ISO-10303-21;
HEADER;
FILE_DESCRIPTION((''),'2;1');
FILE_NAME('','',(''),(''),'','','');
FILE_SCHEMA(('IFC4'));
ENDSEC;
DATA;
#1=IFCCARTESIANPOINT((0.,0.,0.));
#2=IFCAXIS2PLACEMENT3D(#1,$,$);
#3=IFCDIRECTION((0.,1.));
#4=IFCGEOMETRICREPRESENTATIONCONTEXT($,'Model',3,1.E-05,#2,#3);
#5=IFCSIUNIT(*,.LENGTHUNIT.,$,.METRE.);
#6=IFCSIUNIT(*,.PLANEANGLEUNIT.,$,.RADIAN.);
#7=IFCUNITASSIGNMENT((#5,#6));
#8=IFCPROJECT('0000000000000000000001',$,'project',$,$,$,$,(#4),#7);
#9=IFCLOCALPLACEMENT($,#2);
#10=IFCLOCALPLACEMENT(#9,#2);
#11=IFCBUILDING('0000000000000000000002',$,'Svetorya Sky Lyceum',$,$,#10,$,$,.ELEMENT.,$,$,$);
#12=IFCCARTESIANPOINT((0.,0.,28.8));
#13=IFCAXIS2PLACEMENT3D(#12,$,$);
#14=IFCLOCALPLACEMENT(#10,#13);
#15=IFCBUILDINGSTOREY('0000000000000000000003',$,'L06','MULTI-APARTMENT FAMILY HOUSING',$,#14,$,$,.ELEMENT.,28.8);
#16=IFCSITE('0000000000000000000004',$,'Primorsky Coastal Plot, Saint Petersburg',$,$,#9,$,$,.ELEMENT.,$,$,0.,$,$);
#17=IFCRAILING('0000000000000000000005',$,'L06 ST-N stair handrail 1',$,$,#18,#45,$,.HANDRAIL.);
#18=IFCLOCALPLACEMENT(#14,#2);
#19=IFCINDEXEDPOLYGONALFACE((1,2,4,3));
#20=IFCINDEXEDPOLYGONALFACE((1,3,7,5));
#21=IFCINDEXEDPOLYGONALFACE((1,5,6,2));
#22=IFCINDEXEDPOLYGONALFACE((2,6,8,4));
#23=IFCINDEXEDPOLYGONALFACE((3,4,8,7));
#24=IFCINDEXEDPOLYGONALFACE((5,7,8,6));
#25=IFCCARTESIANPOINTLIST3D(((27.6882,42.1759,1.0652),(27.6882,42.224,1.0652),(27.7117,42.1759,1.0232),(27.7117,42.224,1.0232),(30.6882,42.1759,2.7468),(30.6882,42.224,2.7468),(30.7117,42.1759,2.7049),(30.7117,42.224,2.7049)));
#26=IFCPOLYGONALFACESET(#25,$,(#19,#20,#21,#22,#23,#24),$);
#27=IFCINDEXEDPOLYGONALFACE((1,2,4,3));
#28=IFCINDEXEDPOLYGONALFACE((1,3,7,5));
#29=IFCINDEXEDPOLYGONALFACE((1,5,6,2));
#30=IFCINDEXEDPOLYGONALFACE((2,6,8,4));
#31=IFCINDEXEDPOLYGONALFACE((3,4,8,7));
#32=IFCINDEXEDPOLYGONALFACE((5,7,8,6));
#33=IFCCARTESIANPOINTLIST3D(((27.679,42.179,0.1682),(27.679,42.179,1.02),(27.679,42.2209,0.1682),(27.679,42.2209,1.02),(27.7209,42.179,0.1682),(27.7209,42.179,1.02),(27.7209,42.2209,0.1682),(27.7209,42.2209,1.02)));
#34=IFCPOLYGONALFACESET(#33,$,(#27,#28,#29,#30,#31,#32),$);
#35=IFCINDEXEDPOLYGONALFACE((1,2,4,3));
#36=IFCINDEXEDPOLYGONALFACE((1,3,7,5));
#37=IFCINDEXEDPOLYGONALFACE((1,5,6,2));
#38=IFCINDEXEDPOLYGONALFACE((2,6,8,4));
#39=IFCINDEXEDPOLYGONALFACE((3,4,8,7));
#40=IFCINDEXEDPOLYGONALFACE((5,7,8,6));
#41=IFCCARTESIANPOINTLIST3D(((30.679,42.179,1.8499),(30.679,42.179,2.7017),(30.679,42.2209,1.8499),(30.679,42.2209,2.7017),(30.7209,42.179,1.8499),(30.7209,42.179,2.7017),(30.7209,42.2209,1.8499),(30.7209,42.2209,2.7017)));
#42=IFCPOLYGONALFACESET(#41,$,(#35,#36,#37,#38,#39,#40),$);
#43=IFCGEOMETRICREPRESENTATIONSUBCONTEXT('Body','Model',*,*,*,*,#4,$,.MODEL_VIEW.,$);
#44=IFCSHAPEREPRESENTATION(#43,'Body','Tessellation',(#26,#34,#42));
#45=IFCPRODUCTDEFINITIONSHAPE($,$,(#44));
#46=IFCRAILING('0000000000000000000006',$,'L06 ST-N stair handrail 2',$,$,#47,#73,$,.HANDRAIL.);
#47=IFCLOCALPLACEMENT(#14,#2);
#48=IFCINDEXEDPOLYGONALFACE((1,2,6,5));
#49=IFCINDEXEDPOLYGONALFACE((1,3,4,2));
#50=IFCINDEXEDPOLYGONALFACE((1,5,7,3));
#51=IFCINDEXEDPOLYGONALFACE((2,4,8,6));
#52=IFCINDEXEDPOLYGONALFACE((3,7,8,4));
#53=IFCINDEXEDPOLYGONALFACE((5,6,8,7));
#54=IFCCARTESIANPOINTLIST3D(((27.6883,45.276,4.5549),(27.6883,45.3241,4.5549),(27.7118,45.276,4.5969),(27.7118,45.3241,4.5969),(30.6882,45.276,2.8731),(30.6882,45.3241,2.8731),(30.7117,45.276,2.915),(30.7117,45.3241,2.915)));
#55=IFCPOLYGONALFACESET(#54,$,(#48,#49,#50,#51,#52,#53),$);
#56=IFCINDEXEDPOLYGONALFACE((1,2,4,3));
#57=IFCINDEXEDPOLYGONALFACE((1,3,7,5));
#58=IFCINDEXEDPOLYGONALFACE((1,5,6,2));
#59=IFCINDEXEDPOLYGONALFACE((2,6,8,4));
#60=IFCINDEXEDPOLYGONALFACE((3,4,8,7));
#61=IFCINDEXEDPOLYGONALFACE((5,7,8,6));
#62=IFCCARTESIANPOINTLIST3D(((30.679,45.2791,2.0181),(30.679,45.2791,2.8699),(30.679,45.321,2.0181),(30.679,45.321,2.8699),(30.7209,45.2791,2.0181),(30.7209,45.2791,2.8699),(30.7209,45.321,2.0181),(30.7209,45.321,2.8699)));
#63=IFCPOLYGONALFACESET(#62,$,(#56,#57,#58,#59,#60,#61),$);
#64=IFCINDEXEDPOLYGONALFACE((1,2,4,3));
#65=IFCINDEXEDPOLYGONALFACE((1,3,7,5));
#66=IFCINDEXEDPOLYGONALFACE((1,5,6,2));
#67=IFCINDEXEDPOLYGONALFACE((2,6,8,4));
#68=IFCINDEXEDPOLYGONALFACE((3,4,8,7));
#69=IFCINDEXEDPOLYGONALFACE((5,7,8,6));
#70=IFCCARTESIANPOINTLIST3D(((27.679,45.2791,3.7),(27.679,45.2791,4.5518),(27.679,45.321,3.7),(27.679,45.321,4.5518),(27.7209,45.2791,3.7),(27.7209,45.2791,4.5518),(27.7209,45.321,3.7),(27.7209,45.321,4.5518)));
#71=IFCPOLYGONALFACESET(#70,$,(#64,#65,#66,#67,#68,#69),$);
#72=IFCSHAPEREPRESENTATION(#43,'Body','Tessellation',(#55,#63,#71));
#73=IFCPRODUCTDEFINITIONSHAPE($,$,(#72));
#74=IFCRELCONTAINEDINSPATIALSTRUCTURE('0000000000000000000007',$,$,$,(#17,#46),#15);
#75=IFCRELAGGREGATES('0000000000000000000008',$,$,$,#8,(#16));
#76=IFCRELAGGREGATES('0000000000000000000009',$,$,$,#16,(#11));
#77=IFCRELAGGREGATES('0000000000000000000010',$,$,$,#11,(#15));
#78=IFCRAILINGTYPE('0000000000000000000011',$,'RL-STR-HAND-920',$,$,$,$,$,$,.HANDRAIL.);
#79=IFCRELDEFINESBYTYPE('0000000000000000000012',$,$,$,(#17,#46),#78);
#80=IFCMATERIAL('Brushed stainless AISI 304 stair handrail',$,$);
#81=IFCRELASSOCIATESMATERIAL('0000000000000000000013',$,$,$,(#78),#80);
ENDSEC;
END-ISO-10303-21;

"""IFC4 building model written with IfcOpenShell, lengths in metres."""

from ifc_helpers import new_model, si_unit, direction, frame, origin, origin_2d, place, context, subcontext, project, spatial, rectangle, extrude, material, type_object, element, save


model = new_model("IFC4")

# Units and contexts
model_context = context("Model", 3, precision=1e-05, world=origin(), true_north=direction((0.0, 1.0)))
body_context = subcontext(model_context, "Body", "Model", "MODEL_VIEW")
ifc_project = project(units=[si_unit("LENGTHUNIT", "METRE"), si_unit("PLANEANGLEUNIT", "RADIAN")], contexts=[model_context])

# Site, building, storey
site_placement = place(None, origin())
site = spatial("IfcSite", under=ifc_project, at=site_placement, Name="Primorsky Coastal Plot, Saint Petersburg", CompositionType="ELEMENT", RefElevation=0.0)
building_placement = place(site_placement, origin())
building = spatial("IfcBuilding", under=site, at=building_placement, Name="Svetorya Sky Lyceum", CompositionType="ELEMENT")
storey_placement = place(building_placement, frame((0.0, 0.0, 28.8)))
storey = spatial("IfcBuildingStorey", under=building, at=storey_placement, Name="L06", Description="MULTI-APARTMENT FAMILY HOUSING", CompositionType="ELEMENT", Elevation=28.8)

# Railings
ifc_material_1 = material(Name="Brushed stainless AISI 304 stair handrail")
railing_type_1 = type_object("IfcRailingType", Name="RL-STR-HAND-920", PredefinedType="HANDRAIL", material=ifc_material_1)
railing_1_placement = place(storey_placement, frame((27.7, 42.2, 0.1682)))
element("IfcRailing", 1, at=railing_1_placement, inside=storey, type_object=railing_type_1, Name="L06 ST-N stair handrail 1", PredefinedType="HANDRAIL", context=body_context, shape_type="SweptSolid", body=[
    extrude(rectangle(XDim=0.0481, YDim=0.0481, at=origin_2d()), frame((0.0, 0.0, 0.876), z_axis=(0.872303, 0.0, 0.488966), x_axis=(0.0, 1.0, 0.0)), (0.0, 0.0, 1.0), 3.4392),
    extrude(rectangle(XDim=0.042, YDim=0.042, at=origin_2d()), origin(), (0.0, 0.0, 1.0), 0.8518),
    extrude(rectangle(XDim=0.042, YDim=0.042, at=origin_2d()), frame((3.0, 0.0, 1.6816)), (0.0, 0.0, 1.0), 0.8518),
])
railing_2_placement = place(storey_placement, frame((30.7, 45.3, 2.0181)))
element("IfcRailing", 2, at=railing_2_placement, inside=storey, type_object=railing_type_1, Name="L06 ST-N stair handrail 2", PredefinedType="HANDRAIL", context=body_context, shape_type="SweptSolid", body=[
    extrude(rectangle(XDim=0.0481, YDim=0.0481, at=origin_2d()), frame((0.0, 0.0, 0.876), z_axis=(-0.872272, 0.0, 0.48902), x_axis=(0.0, -1.0, 0.0)), (0.0, 0.0, 1.0), 3.4392),
    extrude(rectangle(XDim=0.042, YDim=0.042, at=origin_2d()), origin(), (0.0, 0.0, 1.0), 0.8518),
    extrude(rectangle(XDim=0.042, YDim=0.042, at=origin_2d()), frame((-3.0, 0.0, 1.6819)), (0.0, 0.0, 1.0), 0.8518),
])

save(model, "model.ifc")
